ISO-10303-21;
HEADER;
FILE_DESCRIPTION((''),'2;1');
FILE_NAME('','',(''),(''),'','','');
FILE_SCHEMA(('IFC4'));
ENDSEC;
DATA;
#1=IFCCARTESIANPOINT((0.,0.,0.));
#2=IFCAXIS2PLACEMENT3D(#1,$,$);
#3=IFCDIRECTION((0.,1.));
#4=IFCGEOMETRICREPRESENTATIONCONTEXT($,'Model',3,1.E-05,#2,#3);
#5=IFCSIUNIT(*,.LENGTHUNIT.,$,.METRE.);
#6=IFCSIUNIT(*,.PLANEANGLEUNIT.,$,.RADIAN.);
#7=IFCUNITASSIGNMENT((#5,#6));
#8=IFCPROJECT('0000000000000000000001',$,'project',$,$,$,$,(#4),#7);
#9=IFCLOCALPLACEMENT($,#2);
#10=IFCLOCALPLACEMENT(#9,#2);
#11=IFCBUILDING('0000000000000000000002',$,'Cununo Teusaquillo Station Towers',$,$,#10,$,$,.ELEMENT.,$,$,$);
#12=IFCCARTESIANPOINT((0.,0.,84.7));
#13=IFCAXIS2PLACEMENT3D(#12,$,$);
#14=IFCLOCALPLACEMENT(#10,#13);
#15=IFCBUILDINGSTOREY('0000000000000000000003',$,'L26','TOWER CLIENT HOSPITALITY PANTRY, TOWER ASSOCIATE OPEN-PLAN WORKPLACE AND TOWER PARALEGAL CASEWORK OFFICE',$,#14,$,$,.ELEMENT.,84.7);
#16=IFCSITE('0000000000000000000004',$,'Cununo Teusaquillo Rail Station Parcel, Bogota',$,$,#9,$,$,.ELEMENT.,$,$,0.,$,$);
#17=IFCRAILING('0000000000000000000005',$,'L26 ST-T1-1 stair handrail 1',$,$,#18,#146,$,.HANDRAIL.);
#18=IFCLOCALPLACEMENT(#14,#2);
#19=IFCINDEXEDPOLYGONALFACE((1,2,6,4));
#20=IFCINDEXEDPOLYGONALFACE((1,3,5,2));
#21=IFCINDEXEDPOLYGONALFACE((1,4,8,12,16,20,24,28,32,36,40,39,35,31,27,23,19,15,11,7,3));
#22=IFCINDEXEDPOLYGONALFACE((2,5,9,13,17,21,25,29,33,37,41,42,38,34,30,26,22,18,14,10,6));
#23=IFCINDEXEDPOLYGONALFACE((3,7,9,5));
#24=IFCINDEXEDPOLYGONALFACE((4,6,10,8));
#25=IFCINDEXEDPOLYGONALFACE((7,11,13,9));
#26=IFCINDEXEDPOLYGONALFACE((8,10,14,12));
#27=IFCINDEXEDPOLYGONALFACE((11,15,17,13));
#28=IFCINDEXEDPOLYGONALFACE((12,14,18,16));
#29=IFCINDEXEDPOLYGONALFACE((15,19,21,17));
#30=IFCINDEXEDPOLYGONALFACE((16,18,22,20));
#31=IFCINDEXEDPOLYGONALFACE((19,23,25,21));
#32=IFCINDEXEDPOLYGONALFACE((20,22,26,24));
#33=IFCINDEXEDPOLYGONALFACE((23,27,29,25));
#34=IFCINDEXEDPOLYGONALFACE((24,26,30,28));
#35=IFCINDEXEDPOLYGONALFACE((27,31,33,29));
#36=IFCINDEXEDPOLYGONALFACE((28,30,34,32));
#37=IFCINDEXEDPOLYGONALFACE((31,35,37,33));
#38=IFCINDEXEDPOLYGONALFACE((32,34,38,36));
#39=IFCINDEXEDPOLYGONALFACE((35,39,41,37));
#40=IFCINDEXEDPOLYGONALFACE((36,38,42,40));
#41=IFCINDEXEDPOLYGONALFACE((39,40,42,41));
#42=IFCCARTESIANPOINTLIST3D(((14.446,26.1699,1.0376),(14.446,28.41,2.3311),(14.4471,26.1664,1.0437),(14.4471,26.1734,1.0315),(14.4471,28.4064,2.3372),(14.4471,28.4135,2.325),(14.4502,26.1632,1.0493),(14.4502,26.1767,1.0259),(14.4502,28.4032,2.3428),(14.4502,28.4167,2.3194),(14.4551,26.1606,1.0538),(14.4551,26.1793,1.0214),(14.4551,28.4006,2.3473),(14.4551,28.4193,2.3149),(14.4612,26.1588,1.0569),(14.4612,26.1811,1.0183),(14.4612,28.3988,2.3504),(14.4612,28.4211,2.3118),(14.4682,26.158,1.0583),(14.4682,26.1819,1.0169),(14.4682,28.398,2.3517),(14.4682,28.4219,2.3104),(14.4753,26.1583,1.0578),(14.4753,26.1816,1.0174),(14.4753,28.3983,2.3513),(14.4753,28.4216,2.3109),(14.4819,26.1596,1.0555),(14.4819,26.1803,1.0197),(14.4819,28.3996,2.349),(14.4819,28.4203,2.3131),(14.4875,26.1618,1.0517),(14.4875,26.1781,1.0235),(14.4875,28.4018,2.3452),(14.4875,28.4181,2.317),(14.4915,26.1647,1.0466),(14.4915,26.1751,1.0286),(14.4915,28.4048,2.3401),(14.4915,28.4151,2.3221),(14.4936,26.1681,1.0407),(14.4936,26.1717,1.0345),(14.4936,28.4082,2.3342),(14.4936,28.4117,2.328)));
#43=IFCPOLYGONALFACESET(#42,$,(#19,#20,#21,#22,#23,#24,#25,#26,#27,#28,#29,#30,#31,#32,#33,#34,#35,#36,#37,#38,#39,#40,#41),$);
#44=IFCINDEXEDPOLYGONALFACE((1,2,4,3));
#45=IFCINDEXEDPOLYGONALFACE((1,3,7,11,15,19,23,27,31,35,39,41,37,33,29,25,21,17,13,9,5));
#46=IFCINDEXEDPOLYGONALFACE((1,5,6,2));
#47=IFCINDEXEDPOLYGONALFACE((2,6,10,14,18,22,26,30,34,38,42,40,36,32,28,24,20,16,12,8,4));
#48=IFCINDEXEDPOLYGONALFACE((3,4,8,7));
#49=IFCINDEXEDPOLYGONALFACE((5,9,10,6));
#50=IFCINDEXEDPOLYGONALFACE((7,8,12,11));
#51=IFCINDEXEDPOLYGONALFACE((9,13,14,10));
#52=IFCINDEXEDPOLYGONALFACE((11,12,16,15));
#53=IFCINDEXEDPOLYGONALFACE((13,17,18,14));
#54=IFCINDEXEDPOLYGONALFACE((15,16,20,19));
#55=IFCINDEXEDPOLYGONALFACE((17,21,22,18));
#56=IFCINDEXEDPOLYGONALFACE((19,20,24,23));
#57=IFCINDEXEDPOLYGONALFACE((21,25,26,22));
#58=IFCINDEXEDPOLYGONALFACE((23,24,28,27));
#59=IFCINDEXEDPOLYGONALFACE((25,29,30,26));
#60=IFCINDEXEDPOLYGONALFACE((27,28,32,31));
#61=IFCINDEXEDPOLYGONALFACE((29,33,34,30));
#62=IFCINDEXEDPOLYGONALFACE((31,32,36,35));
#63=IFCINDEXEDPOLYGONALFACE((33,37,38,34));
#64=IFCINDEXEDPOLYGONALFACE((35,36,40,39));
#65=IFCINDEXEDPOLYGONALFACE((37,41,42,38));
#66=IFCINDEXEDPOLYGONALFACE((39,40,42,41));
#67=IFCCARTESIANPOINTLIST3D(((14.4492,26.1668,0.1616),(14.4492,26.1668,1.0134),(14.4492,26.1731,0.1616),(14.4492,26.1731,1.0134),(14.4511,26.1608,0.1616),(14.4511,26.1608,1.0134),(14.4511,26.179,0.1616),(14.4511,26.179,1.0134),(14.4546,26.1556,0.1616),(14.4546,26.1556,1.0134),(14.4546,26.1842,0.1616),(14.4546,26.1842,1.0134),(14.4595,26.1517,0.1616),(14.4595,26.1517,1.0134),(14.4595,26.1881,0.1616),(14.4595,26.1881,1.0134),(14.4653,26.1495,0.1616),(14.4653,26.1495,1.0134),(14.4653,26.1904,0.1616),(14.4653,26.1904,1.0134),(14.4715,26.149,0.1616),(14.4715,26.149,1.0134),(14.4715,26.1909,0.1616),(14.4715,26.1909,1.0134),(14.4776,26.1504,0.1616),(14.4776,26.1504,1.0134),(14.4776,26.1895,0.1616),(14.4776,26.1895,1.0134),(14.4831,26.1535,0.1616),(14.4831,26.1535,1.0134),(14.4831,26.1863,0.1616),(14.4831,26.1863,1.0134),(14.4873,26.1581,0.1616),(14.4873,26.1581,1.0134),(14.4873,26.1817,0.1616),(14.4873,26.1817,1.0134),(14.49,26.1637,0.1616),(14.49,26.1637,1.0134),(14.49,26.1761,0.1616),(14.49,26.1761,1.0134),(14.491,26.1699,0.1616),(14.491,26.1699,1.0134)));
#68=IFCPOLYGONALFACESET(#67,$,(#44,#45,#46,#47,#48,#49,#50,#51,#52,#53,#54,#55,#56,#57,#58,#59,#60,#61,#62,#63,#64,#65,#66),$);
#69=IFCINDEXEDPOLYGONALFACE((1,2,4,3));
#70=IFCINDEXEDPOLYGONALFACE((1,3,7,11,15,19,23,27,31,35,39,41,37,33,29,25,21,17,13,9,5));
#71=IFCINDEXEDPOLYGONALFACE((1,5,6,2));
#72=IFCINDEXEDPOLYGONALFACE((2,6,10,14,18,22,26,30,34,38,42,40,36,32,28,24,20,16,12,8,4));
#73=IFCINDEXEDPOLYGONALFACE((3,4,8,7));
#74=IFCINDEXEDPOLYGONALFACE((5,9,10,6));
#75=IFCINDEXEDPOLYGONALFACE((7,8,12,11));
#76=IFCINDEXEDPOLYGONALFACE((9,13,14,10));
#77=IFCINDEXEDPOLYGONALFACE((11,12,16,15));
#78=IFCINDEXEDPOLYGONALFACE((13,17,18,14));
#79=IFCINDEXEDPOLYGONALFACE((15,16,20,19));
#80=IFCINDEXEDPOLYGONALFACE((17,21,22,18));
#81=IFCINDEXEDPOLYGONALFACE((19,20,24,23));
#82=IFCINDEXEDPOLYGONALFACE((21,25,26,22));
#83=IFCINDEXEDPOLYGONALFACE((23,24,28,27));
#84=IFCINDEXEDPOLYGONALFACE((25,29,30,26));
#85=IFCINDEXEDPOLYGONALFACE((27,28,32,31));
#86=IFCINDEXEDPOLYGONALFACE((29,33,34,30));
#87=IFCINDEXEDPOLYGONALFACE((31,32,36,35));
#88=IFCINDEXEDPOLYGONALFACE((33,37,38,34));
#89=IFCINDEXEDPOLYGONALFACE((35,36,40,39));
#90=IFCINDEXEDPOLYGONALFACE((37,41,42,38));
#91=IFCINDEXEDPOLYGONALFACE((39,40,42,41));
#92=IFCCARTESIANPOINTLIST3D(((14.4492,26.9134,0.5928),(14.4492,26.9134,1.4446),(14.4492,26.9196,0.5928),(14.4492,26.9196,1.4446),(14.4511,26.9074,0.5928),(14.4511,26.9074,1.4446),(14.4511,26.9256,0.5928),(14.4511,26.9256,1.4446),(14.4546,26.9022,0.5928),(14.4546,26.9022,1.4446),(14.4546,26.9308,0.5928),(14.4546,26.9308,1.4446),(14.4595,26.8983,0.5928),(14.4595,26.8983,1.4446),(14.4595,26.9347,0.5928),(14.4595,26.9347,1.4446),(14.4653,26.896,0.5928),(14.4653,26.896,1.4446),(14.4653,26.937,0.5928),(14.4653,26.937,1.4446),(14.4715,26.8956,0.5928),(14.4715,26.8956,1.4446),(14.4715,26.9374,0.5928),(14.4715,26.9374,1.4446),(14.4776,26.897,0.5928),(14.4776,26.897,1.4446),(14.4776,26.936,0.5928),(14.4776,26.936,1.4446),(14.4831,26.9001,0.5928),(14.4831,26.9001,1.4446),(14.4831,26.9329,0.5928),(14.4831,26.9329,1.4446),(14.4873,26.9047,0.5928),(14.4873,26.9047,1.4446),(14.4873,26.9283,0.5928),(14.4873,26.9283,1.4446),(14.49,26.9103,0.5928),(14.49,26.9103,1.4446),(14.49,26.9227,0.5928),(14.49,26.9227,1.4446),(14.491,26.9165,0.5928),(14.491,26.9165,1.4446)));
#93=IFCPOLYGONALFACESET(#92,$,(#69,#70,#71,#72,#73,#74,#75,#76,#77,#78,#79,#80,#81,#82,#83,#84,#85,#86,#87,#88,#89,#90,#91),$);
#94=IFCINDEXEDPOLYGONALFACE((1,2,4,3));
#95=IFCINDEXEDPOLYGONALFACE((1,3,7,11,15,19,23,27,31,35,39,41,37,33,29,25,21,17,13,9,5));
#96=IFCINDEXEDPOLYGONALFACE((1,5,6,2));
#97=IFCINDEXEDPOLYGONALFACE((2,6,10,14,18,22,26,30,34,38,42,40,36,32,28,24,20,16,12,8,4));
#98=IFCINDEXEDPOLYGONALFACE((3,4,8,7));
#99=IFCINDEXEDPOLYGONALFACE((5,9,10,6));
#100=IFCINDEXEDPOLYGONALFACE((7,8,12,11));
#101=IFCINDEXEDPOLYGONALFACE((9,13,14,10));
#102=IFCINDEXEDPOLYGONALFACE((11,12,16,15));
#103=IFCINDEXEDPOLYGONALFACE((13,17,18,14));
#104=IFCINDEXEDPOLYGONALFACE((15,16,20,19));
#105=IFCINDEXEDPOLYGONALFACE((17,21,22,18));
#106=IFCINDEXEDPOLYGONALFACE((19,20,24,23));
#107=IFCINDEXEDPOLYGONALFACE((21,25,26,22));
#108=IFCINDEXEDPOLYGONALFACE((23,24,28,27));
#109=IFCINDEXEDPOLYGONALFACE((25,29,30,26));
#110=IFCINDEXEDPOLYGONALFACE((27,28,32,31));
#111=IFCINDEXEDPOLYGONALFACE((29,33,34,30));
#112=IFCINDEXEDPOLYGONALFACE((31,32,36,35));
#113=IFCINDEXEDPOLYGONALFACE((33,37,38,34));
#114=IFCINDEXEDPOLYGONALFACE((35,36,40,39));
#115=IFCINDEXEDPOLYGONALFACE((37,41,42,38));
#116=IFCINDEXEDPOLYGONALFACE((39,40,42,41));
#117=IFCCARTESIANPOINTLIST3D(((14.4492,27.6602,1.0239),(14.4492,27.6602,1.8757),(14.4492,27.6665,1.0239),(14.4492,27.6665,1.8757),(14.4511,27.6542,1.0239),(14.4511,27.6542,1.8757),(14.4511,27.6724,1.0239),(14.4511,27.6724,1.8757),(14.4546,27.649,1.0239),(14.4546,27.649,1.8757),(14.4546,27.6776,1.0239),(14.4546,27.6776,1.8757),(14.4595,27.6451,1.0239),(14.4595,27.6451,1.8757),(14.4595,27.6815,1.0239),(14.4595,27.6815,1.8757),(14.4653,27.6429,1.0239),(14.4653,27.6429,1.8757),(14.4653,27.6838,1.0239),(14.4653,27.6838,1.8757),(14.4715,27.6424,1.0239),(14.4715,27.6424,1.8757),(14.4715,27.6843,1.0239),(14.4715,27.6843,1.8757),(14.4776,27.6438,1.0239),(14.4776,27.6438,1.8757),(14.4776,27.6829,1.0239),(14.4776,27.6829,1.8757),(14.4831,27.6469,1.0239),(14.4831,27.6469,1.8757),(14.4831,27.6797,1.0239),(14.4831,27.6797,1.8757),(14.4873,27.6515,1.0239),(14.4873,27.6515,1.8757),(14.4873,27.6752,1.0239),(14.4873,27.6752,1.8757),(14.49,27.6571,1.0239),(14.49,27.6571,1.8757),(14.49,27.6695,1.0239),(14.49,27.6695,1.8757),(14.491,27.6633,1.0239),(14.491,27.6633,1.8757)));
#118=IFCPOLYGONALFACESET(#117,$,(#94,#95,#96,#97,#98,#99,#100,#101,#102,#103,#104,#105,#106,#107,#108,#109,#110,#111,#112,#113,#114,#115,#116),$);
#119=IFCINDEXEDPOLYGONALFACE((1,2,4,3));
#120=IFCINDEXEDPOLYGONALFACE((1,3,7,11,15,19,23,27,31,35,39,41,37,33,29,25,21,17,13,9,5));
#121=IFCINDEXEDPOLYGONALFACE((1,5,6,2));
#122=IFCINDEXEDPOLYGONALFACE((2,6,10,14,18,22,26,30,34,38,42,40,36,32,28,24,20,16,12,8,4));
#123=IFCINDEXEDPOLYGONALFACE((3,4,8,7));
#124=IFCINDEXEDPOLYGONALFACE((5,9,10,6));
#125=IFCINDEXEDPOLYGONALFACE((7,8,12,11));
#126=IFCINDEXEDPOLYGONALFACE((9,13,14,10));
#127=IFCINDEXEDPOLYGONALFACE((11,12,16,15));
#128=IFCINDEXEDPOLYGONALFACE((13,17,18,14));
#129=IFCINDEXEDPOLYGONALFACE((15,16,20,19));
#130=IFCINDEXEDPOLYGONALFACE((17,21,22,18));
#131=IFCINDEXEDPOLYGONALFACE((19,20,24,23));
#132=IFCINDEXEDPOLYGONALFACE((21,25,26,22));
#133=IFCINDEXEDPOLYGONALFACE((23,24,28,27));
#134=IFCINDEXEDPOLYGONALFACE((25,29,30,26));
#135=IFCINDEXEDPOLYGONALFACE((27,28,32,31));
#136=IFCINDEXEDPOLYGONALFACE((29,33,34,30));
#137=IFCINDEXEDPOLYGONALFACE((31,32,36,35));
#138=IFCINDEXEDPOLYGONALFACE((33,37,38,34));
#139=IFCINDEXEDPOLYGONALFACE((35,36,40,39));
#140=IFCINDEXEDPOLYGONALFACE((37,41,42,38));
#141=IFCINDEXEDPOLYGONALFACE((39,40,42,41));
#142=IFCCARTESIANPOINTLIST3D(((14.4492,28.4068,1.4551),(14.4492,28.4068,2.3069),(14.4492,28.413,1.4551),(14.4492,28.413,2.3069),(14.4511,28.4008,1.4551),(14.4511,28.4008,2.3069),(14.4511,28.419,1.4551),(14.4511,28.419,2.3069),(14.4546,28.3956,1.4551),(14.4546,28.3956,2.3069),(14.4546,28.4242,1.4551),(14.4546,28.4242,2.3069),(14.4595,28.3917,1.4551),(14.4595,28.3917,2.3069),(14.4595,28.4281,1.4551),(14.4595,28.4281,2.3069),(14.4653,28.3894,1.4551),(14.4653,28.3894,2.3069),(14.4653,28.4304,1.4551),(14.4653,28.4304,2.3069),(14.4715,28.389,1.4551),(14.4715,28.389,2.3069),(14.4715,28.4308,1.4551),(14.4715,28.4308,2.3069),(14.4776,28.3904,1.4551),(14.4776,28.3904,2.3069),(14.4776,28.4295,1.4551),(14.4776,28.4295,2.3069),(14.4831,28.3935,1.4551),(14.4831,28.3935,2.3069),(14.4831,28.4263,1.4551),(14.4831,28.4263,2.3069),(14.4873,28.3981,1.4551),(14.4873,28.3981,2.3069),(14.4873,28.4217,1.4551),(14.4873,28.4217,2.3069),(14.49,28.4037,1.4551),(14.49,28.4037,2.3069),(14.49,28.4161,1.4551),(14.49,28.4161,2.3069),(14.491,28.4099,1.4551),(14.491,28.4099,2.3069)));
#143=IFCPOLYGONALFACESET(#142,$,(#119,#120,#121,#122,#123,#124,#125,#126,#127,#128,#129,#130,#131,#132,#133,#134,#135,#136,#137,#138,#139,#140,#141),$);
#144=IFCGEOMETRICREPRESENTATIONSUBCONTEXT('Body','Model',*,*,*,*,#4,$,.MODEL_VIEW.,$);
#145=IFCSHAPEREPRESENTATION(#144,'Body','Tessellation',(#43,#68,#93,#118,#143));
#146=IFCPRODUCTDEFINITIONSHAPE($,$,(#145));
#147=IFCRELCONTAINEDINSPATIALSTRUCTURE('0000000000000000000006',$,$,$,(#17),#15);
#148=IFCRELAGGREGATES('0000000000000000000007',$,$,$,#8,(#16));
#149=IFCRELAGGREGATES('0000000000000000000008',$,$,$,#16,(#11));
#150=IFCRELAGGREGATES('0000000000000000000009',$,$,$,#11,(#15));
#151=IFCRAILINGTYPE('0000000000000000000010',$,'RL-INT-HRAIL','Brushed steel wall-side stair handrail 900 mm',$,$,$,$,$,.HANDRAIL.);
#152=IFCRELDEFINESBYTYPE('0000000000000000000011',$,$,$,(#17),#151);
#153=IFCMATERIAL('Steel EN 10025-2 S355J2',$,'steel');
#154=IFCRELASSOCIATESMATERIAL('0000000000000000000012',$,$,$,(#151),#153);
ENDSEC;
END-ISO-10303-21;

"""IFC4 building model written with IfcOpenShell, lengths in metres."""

from ifc_helpers import new_model, si_unit, direction, frame, origin, origin_2d, place, context, subcontext, project, spatial, circle, extrude, material, type_object, element, save


model = new_model("IFC4")

# Units and contexts
model_context = context("Model", 3, precision=1e-05, world=origin(), true_north=direction((0.0, 1.0)))
body_context = subcontext(model_context, "Body", "Model", "MODEL_VIEW")
ifc_project = project(units=[si_unit("LENGTHUNIT", "METRE"), si_unit("PLANEANGLEUNIT", "RADIAN")], contexts=[model_context])

# Site, building, storey
site_placement = place(None, origin())
site = spatial("IfcSite", under=ifc_project, at=site_placement, Name="Cununo Teusaquillo Rail Station Parcel, Bogota", CompositionType="ELEMENT", RefElevation=0.0)
building_placement = place(site_placement, origin())
building = spatial("IfcBuilding", under=site, at=building_placement, Name="Cununo Teusaquillo Station Towers", CompositionType="ELEMENT")
storey_placement = place(building_placement, frame((0.0, 0.0, 84.7)))
storey = spatial("IfcBuildingStorey", under=building, at=storey_placement, Name="L26", Description="TOWER CLIENT HOSPITALITY PANTRY, TOWER ASSOCIATE OPEN-PLAN WORKPLACE AND TOWER PARALEGAL CASEWORK OFFICE", CompositionType="ELEMENT", Elevation=84.7)

# Railing
ifc_material_1 = material(Name="Steel EN 10025-2 S355J2", Category="steel")
railing_type_1 = type_object("IfcRailingType", Name="RL-INT-HRAIL", Description="Brushed steel wall-side stair handrail 900 mm", PredefinedType="HANDRAIL", material=ifc_material_1)
railing_1_placement = place(storey_placement, frame((14.47, 26.1699, 0.1616)))
element("IfcRailing", 1, at=railing_1_placement, inside=storey, type_object=railing_type_1, Name="L26 ST-T1-1 stair handrail 1", PredefinedType="HANDRAIL", context=body_context, shape_type="SweptSolid", body=[
    extrude(circle(Radius=0.0239, at=origin_2d()), frame((0.0, 0.0, 0.876), z_axis=(0.0, 0.865992, 0.500057), x_axis=(-1.0, 0.0, 0.0)), (0.0, 0.0, 1.0), 2.5867),
    extrude(circle(Radius=0.021, at=origin_2d()), origin(), (0.0, 0.0, 1.0), 0.8518),
    extrude(circle(Radius=0.021, at=origin_2d()), frame((0.0, 0.7466, 0.4312)), (0.0, 0.0, 1.0), 0.8518),
    extrude(circle(Radius=0.021, at=origin_2d()), frame((0.0, 1.4934, 0.8623)), (0.0, 0.0, 1.0), 0.8518),
    extrude(circle(Radius=0.021, at=origin_2d()), frame((0.0, 2.24, 1.2935)), (0.0, 0.0, 1.0), 0.8518),
])

save(model, "model.ifc")
